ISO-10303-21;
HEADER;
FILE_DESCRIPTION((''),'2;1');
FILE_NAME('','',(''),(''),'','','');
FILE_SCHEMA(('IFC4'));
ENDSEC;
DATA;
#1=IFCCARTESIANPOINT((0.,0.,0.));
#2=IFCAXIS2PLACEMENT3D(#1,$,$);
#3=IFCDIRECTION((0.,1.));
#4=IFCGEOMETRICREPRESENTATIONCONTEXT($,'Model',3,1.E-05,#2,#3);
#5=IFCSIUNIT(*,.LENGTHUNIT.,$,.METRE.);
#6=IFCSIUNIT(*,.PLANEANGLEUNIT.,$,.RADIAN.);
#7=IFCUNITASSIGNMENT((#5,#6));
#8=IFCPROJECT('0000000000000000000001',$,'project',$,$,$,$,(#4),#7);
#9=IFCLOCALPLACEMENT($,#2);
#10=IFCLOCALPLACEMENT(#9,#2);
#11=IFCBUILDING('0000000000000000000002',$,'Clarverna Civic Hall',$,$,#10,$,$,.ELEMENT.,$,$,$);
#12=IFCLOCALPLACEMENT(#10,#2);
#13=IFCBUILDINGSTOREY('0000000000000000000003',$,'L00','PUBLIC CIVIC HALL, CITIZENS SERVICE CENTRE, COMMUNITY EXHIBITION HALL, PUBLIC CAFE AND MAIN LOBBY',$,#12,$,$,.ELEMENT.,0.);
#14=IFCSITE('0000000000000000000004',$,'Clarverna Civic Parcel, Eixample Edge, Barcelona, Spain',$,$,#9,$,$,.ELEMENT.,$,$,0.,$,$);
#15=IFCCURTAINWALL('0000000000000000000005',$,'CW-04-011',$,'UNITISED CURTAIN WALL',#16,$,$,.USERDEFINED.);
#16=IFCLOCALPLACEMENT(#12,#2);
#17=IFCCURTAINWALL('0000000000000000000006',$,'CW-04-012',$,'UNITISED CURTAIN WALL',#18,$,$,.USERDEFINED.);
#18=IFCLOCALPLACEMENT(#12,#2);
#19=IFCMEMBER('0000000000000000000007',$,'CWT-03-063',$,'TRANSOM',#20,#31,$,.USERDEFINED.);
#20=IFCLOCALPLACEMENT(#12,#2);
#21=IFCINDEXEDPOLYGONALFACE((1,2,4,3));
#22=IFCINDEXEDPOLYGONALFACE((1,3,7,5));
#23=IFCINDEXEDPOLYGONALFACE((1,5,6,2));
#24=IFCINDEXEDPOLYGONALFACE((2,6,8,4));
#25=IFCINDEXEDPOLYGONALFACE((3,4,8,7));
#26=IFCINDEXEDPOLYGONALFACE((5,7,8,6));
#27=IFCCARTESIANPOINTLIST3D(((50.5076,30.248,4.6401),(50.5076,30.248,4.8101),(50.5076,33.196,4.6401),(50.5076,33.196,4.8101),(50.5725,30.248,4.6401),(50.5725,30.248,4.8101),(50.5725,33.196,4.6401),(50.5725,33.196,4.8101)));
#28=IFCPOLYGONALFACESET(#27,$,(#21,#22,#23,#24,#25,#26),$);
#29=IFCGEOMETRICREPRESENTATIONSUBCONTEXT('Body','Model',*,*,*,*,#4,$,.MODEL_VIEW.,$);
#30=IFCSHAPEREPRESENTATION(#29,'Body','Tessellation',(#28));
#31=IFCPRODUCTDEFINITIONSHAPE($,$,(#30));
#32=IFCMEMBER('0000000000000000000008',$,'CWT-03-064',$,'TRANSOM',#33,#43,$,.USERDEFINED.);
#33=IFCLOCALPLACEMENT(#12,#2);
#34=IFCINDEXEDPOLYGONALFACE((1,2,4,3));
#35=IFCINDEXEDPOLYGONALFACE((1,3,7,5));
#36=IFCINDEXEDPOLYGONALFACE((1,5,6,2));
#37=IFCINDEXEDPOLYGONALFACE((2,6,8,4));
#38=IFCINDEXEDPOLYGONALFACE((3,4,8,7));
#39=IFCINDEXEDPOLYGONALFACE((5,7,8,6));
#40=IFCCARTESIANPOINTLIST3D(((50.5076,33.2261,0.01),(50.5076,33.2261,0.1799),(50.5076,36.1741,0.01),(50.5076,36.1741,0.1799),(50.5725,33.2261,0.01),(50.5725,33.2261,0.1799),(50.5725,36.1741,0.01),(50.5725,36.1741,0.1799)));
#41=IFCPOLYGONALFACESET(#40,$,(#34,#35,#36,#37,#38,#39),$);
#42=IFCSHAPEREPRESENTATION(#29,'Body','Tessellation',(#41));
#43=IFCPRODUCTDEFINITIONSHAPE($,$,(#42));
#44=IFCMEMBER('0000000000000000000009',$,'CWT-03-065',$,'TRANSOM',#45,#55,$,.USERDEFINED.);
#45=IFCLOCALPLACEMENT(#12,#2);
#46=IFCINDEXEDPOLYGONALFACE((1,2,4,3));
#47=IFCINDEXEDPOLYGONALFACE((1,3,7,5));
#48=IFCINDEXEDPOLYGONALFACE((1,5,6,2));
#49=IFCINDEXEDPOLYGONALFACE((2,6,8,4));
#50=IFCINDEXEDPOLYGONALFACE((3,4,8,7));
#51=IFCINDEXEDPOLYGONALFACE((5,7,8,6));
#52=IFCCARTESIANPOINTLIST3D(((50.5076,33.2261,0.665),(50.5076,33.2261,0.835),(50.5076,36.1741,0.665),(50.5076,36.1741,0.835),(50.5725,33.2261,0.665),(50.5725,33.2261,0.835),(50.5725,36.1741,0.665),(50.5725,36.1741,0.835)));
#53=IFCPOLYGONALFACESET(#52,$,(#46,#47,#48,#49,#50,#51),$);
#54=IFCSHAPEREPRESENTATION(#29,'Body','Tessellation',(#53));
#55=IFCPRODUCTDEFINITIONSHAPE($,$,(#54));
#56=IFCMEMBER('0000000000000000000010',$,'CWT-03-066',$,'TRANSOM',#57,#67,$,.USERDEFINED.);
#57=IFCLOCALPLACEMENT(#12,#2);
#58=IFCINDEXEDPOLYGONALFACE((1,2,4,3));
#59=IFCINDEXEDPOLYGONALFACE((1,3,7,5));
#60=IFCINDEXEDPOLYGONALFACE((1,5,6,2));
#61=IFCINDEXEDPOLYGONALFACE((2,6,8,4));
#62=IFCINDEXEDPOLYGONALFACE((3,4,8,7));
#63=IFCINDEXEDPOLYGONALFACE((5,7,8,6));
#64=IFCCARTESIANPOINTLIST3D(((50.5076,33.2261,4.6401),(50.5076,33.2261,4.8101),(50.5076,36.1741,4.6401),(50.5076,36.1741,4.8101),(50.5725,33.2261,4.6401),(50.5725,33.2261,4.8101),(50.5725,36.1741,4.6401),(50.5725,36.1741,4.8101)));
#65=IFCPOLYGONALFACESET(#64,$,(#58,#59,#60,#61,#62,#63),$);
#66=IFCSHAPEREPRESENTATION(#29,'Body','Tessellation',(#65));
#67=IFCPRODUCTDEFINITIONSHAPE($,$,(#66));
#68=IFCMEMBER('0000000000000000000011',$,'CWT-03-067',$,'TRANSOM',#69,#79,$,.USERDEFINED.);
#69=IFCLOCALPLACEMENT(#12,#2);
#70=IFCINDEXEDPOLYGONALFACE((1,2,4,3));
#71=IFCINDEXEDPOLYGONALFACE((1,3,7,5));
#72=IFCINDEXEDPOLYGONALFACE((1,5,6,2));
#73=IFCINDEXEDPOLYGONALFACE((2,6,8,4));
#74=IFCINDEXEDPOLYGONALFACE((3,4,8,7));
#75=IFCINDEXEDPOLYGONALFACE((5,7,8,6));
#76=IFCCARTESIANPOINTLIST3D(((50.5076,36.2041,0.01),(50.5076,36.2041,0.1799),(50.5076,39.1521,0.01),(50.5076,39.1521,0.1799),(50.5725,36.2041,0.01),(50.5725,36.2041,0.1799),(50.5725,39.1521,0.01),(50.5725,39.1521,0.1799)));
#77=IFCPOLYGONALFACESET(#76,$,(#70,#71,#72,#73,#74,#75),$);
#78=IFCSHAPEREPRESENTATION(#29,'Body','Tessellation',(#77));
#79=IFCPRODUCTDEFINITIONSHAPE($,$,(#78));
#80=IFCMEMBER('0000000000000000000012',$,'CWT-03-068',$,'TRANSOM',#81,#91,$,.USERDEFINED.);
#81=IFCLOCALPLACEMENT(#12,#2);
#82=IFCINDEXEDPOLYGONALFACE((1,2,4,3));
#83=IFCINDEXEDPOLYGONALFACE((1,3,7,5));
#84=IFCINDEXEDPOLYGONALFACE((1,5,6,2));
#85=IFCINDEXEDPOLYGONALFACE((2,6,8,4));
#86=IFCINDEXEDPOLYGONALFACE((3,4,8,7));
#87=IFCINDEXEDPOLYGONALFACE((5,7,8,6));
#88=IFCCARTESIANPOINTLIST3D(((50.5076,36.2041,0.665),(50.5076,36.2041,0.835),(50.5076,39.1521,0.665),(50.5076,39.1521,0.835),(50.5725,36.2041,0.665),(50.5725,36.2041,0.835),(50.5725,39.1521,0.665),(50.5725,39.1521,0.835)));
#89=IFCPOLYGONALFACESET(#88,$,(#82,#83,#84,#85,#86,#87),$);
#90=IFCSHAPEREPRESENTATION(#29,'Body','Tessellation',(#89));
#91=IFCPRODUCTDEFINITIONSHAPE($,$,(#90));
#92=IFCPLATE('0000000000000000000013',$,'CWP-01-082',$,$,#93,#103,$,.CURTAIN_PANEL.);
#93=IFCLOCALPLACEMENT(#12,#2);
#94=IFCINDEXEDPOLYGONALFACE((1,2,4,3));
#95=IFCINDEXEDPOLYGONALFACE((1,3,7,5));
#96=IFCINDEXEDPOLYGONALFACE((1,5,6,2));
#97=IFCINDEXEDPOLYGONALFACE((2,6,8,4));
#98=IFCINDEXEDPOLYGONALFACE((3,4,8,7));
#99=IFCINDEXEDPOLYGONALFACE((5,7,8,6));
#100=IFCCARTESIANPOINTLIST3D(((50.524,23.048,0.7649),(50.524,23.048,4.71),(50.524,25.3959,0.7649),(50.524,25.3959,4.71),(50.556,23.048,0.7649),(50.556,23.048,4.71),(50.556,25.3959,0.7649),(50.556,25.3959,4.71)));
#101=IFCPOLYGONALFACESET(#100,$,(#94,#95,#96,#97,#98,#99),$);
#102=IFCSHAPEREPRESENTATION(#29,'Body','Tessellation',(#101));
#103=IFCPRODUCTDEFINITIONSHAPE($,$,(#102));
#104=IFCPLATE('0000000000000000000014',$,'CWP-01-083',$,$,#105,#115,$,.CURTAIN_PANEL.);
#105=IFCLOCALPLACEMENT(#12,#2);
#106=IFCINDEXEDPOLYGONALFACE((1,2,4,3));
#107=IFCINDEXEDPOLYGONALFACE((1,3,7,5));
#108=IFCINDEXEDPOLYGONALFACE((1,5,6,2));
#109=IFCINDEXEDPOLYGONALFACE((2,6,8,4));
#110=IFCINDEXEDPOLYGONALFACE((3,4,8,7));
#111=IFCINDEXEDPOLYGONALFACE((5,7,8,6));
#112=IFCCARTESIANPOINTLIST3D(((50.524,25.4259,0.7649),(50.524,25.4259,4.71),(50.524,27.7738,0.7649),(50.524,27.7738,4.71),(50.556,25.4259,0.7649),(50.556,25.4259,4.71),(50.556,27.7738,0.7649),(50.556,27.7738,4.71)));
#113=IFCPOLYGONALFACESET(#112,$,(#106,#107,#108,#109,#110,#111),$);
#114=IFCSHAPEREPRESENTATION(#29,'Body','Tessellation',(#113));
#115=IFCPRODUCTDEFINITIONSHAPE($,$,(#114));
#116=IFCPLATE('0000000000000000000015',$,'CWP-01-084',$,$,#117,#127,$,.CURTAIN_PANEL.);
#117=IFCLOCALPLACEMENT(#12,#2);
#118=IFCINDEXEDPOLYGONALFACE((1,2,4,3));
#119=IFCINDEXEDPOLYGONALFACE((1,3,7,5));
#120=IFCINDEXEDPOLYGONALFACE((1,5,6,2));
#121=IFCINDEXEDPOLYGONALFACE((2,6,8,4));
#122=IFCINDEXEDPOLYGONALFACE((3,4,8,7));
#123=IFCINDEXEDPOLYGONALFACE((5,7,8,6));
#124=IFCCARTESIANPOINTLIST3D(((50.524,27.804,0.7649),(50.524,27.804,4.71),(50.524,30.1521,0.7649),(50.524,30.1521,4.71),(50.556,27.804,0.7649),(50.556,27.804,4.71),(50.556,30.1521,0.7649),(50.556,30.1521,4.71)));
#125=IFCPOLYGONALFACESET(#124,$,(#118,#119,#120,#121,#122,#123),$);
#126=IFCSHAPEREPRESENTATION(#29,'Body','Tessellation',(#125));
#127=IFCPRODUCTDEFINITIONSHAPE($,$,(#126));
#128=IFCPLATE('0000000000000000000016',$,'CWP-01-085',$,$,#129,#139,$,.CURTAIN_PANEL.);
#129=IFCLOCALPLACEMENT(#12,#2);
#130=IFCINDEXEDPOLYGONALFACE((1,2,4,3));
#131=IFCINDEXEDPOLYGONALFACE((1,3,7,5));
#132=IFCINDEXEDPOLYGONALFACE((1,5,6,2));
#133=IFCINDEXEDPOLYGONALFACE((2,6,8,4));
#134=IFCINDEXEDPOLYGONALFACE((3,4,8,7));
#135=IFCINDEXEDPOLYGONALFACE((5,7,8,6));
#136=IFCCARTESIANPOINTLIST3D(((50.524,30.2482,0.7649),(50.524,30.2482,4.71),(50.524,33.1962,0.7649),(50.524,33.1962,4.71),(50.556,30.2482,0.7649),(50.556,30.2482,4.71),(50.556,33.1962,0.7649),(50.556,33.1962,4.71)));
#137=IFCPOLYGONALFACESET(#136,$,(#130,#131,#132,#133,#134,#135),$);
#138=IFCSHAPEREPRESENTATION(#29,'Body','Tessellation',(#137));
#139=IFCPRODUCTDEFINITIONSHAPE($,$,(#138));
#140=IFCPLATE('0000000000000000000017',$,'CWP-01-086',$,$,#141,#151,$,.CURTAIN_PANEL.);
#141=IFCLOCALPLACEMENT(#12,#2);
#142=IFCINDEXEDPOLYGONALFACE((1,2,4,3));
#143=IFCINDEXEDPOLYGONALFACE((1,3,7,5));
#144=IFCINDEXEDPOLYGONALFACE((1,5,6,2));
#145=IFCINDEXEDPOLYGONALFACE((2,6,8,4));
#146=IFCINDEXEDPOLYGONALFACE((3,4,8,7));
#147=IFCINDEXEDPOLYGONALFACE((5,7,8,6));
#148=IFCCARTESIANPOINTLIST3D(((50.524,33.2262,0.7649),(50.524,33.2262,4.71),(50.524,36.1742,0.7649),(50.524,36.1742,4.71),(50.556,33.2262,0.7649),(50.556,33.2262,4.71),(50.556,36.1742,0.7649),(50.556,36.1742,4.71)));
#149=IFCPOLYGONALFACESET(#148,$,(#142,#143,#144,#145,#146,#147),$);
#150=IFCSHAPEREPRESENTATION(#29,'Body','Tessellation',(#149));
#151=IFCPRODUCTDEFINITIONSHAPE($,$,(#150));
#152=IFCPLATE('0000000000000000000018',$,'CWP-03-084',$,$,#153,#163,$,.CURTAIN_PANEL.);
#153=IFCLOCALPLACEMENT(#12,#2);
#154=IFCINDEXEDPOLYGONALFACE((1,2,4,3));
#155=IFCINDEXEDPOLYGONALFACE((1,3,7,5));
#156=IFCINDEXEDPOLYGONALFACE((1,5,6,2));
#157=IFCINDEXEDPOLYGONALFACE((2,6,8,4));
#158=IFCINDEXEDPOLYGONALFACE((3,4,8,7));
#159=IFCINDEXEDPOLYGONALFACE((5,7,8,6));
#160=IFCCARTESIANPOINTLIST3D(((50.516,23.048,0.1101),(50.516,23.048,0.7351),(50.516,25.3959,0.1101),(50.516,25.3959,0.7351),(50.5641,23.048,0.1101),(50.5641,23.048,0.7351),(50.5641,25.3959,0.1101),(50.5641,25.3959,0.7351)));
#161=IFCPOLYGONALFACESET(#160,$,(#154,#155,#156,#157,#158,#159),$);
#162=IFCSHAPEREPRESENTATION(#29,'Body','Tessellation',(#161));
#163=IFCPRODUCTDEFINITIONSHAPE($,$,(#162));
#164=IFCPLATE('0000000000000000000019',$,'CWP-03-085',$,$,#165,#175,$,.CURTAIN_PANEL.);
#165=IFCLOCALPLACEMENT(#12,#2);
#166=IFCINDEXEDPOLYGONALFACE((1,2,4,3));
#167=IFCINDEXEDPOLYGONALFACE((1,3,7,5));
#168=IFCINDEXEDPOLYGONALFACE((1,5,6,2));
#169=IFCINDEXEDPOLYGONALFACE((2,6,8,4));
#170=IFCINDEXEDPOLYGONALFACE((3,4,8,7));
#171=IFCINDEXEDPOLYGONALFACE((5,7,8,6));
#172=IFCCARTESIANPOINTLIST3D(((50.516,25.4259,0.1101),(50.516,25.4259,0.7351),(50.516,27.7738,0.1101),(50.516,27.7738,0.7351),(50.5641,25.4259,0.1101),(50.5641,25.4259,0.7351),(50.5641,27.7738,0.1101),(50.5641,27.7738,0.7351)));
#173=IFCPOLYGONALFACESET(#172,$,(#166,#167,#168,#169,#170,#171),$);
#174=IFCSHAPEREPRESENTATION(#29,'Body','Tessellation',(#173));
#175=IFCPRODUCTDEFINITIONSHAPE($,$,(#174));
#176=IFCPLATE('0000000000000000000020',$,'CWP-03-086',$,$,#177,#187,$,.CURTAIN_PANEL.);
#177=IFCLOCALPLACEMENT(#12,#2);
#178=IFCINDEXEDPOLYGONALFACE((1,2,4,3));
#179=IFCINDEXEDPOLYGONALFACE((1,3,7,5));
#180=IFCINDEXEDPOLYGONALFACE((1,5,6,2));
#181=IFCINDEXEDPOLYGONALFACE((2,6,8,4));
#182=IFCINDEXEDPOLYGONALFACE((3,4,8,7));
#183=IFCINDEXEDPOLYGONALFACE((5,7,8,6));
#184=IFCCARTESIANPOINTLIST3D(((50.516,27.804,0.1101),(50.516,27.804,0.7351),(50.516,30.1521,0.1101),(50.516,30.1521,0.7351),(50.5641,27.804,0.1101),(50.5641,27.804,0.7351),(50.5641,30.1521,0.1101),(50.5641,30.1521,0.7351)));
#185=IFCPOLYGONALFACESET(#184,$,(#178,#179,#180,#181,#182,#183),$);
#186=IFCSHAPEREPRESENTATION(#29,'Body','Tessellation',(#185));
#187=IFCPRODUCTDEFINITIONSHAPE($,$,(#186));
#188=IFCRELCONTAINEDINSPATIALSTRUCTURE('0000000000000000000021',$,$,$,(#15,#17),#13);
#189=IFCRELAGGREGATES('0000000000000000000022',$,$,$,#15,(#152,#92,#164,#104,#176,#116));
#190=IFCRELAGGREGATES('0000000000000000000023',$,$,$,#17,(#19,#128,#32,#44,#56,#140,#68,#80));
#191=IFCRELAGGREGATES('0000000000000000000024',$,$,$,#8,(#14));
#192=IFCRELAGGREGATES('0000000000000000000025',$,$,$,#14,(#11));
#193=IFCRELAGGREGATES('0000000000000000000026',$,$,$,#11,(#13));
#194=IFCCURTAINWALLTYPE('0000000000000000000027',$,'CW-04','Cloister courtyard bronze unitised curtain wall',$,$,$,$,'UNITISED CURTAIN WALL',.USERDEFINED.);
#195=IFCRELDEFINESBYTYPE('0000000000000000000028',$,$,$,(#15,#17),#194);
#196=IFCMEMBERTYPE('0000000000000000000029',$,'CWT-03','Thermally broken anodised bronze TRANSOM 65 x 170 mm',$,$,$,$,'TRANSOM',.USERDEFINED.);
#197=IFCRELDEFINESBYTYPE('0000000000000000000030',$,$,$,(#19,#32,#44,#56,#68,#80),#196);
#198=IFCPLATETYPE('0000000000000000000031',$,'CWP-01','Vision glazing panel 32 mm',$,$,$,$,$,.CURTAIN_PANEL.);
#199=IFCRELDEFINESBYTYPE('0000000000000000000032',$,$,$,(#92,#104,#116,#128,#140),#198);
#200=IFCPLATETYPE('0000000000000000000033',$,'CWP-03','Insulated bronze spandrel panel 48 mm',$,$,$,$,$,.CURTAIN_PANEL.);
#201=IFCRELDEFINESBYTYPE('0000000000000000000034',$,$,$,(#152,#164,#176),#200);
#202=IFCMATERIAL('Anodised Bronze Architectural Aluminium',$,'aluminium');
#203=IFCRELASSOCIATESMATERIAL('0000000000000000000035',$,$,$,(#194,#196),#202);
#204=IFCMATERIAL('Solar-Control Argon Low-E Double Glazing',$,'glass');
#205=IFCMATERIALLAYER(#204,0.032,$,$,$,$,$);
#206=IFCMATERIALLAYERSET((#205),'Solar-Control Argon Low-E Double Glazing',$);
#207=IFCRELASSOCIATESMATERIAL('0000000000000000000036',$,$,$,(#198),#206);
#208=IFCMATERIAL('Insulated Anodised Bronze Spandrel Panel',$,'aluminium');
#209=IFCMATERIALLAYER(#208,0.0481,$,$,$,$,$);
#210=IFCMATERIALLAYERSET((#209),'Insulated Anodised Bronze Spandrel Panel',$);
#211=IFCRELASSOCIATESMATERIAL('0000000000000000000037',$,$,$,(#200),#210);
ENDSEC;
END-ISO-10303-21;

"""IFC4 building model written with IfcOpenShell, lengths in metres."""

from ifc_helpers import new_model, si_unit, direction, frame, frame_2d, origin, origin_2d, place, context, subcontext, project, spatial, rectangle, extrude, material, layer, layer_set, material_profile, profile_set, type_object, element, aggregate, save


model = new_model("IFC4")

# Units and contexts
model_context = context("Model", 3, precision=1e-05, world=origin(), true_north=direction((0.0, 1.0)))
body_context = subcontext(model_context, "Body", "Model", "MODEL_VIEW")
ifc_project = project(units=[si_unit("LENGTHUNIT", "METRE"), si_unit("PLANEANGLEUNIT", "RADIAN")], contexts=[model_context])

# Site, building, storey
site_placement = place(None, origin())
site = spatial("IfcSite", under=ifc_project, at=site_placement, Name="Clarverna Civic Parcel, Eixample Edge, Barcelona, Spain", CompositionType="ELEMENT", RefElevation=0.0)
building_placement = place(site_placement, origin())
building = spatial("IfcBuilding", under=site, at=building_placement, Name="Clarverna Civic Hall", CompositionType="ELEMENT")
storey_placement = place(building_placement, origin())
storey = spatial("IfcBuildingStorey", under=building, at=storey_placement, Name="L00", Description="PUBLIC CIVIC HALL, CITIZENS SERVICE CENTRE, COMMUNITY EXHIBITION HALL, PUBLIC CAFE AND MAIN LOBBY", CompositionType="ELEMENT", Elevation=0.0)

# Curtain walls
ifc_material_1 = material(Name="Anodised Bronze Architectural Aluminium", Category="aluminium")
curtain_wall_type = type_object("IfcCurtainWallType", Name="CW-04", Description="Cloister courtyard bronze unitised curtain wall", ElementType="UNITISED CURTAIN WALL", PredefinedType="USERDEFINED", material=ifc_material_1)
curtain_wall_1_placement = place(storey_placement, origin())
curtain_wall_1 = element("IfcCurtainWall", 1, at=curtain_wall_1_placement, inside=storey, type_object=curtain_wall_type, Name="CW-04-011", ObjectType="UNITISED CURTAIN WALL", PredefinedType="USERDEFINED")
curtain_wall_2_placement = place(storey_placement, origin())
curtain_wall_2 = element("IfcCurtainWall", 2, at=curtain_wall_2_placement, inside=storey, type_object=curtain_wall_type, Name="CW-04-012", ObjectType="UNITISED CURTAIN WALL", PredefinedType="USERDEFINED")

# Members
ifc_material_profile_1 = material_profile(ifc_material_1, rectangle(XDim=0.0649, YDim=0.1699, at=origin_2d()), Name="BRONZE 65x170")
ifc_profile_set_1 = profile_set([ifc_material_profile_1], Name="Anodised Bronze Architectural Aluminium")
member_type_1 = type_object("IfcMemberType", Name="CWT-03", Description="Thermally broken anodised bronze TRANSOM 65 x 170 mm", ElementType="TRANSOM", PredefinedType="USERDEFINED", material=ifc_profile_set_1)
member_1_placement = place(storey_placement, frame((50.54, 30.248, 4.7251), z_axis=(0.0, 1.0, 0.0), x_axis=(-1.0, 0.0, 0.0)))
member_1 = element("IfcMember", 3, at=member_1_placement, type_object=member_type_1, Name="CWT-03-063", ObjectType="TRANSOM", PredefinedType="USERDEFINED", context=body_context, shape_type="SweptSolid", body=[
    extrude(rectangle(XDim=0.0649, YDim=0.1699, at=origin_2d()), origin(), (0.0, 0.0, 1.0), 2.948),
])
member_2_placement = place(storey_placement, frame((50.54, 33.2261, 0.095), z_axis=(0.0, 1.0, 0.0), x_axis=(-1.0, 0.0, 0.0)))
member_2 = element("IfcMember", 4, at=member_2_placement, type_object=member_type_1, Name="CWT-03-064", ObjectType="TRANSOM", PredefinedType="USERDEFINED", context=body_context, shape_type="SweptSolid", body=[
    extrude(rectangle(XDim=0.0649, YDim=0.1699, at=origin_2d()), origin(), (0.0, 0.0, 1.0), 2.948),
])
member_3_placement = place(storey_placement, frame((50.54, 33.2261, 0.75), z_axis=(0.0, 1.0, 0.0), x_axis=(-1.0, 0.0, 0.0)))
member_3 = element("IfcMember", 5, at=member_3_placement, type_object=member_type_1, Name="CWT-03-065", ObjectType="TRANSOM", PredefinedType="USERDEFINED", context=body_context, shape_type="SweptSolid", body=[
    extrude(rectangle(XDim=0.0649, YDim=0.1699, at=origin_2d()), origin(), (0.0, 0.0, 1.0), 2.948),
])
member_4_placement = place(storey_placement, frame((50.54, 33.2261, 4.7251), z_axis=(0.0, 1.0, 0.0), x_axis=(-1.0, 0.0, 0.0)))
member_4 = element("IfcMember", 6, at=member_4_placement, type_object=member_type_1, Name="CWT-03-066", ObjectType="TRANSOM", PredefinedType="USERDEFINED", context=body_context, shape_type="SweptSolid", body=[
    extrude(rectangle(XDim=0.0649, YDim=0.1699, at=origin_2d()), origin(), (0.0, 0.0, 1.0), 2.948),
])
member_5_placement = place(storey_placement, frame((50.54, 36.2041, 0.095), z_axis=(0.0, 1.0, 0.0), x_axis=(-1.0, 0.0, 0.0)))
member_5 = element("IfcMember", 7, at=member_5_placement, type_object=member_type_1, Name="CWT-03-067", ObjectType="TRANSOM", PredefinedType="USERDEFINED", context=body_context, shape_type="SweptSolid", body=[
    extrude(rectangle(XDim=0.0649, YDim=0.1699, at=origin_2d()), origin(), (0.0, 0.0, 1.0), 2.948),
])
member_6_placement = place(storey_placement, frame((50.54, 36.2041, 0.75), z_axis=(0.0, 1.0, 0.0), x_axis=(-1.0, 0.0, 0.0)))
member_6 = element("IfcMember", 8, at=member_6_placement, type_object=member_type_1, Name="CWT-03-068", ObjectType="TRANSOM", PredefinedType="USERDEFINED", context=body_context, shape_type="SweptSolid", body=[
    extrude(rectangle(XDim=0.0649, YDim=0.1699, at=origin_2d()), origin(), (0.0, 0.0, 1.0), 2.948),
])

# Plates
ifc_material_2 = material(Name="Solar-Control Argon Low-E Double Glazing", Category="glass")
ifc_layer_1 = layer(ifc_material_2, 0.032)
ifc_layer_set_1 = layer_set([ifc_layer_1], Name="Solar-Control Argon Low-E Double Glazing")
plate_type_1 = type_object("IfcPlateType", Name="CWP-01", Description="Vision glazing panel 32 mm", PredefinedType="CURTAIN_PANEL", material=ifc_layer_set_1)
plate_1_placement = place(storey_placement, frame((50.54, 23.0481, 0.7649), z_axis=(0.0, 0.0, 1.0), x_axis=(0.0, 1.0, 0.0)))
plate_1 = element("IfcPlate", 9, at=plate_1_placement, type_object=plate_type_1, Name="CWP-01-082", PredefinedType="CURTAIN_PANEL", context=body_context, shape_type="SweptSolid", body=[
    extrude(rectangle(XDim=2.3479, YDim=0.032, at=frame_2d((1.1738, 0.0))), origin(), (0.0, 0.0, 1.0), 3.9451),
])
plate_2_placement = place(storey_placement, frame((50.54, 25.426, 0.7649), z_axis=(0.0, 0.0, 1.0), x_axis=(0.0, 1.0, 0.0)))
plate_2 = element("IfcPlate", 10, at=plate_2_placement, type_object=plate_type_1, Name="CWP-01-083", PredefinedType="CURTAIN_PANEL", context=body_context, shape_type="SweptSolid", body=[
    extrude(rectangle(XDim=2.3479, YDim=0.032, at=frame_2d((1.1738, 0.0))), origin(), (0.0, 0.0, 1.0), 3.9451),
])
plate_3_placement = place(storey_placement, frame((50.54, 27.804, 0.7649), z_axis=(0.0, 0.0, 1.0), x_axis=(0.0, 1.0, 0.0)))
plate_3 = element("IfcPlate", 11, at=plate_3_placement, type_object=plate_type_1, Name="CWP-01-084", PredefinedType="CURTAIN_PANEL", context=body_context, shape_type="SweptSolid", body=[
    extrude(rectangle(XDim=2.3481, YDim=0.032, at=frame_2d((1.1741, 0.0))), origin(), (0.0, 0.0, 1.0), 3.9451),
])
plate_4_placement = place(storey_placement, frame((50.54, 30.248, 0.7649), z_axis=(0.0, 0.0, 1.0), x_axis=(0.0, 1.0, 0.0)))
plate_4 = element("IfcPlate", 12, at=plate_4_placement, type_object=plate_type_1, Name="CWP-01-085", PredefinedType="CURTAIN_PANEL", context=body_context, shape_type="SweptSolid", body=[
    extrude(rectangle(XDim=2.948, YDim=0.032, at=frame_2d((1.4741, 0.0))), origin(), (0.0, 0.0, 1.0), 3.9451),
])
plate_5_placement = place(storey_placement, frame((50.54, 33.2261, 0.7649), z_axis=(0.0, 0.0, 1.0), x_axis=(0.0, 1.0, 0.0)))
plate_5 = element("IfcPlate", 13, at=plate_5_placement, type_object=plate_type_1, Name="CWP-01-086", PredefinedType="CURTAIN_PANEL", context=body_context, shape_type="SweptSolid", body=[
    extrude(rectangle(XDim=2.948, YDim=0.032, at=frame_2d((1.4741, 0.0))), origin(), (0.0, 0.0, 1.0), 3.9451),
])
ifc_material_3 = material(Name="Insulated Anodised Bronze Spandrel Panel", Category="aluminium")
ifc_layer_2 = layer(ifc_material_3, 0.0481)
ifc_layer_set_2 = layer_set([ifc_layer_2], Name="Insulated Anodised Bronze Spandrel Panel")
plate_type_2 = type_object("IfcPlateType", Name="CWP-03", Description="Insulated bronze spandrel panel 48 mm", PredefinedType="CURTAIN_PANEL", material=ifc_layer_set_2)
plate_6_placement = place(storey_placement, frame((50.54, 23.0481, 0.1101), z_axis=(0.0, 0.0, 1.0), x_axis=(0.0, 1.0, 0.0)))
plate_6 = element("IfcPlate", 14, at=plate_6_placement, type_object=plate_type_2, Name="CWP-03-084", PredefinedType="CURTAIN_PANEL", context=body_context, shape_type="SweptSolid", body=[
    extrude(rectangle(XDim=2.3479, YDim=0.0481, at=frame_2d((1.1738, 0.0))), origin(), (0.0, 0.0, 1.0), 0.625),
])
plate_7_placement = place(storey_placement, frame((50.54, 25.426, 0.1101), z_axis=(0.0, 0.0, 1.0), x_axis=(0.0, 1.0, 0.0)))
plate_7 = element("IfcPlate", 15, at=plate_7_placement, type_object=plate_type_2, Name="CWP-03-085", PredefinedType="CURTAIN_PANEL", context=body_context, shape_type="SweptSolid", body=[
    extrude(rectangle(XDim=2.3479, YDim=0.0481, at=frame_2d((1.1738, 0.0))), origin(), (0.0, 0.0, 1.0), 0.625),
])
plate_8_placement = place(storey_placement, frame((50.54, 27.804, 0.1101), z_axis=(0.0, 0.0, 1.0), x_axis=(0.0, 1.0, 0.0)))
plate_8 = element("IfcPlate", 16, at=plate_8_placement, type_object=plate_type_2, Name="CWP-03-086", PredefinedType="CURTAIN_PANEL", context=body_context, shape_type="SweptSolid", body=[
    extrude(rectangle(XDim=2.3481, YDim=0.0481, at=frame_2d((1.1741, 0.0))), origin(), (0.0, 0.0, 1.0), 0.625),
])
aggregate(curtain_wall_1, [plate_6, plate_1, plate_7, plate_2, plate_8, plate_3])
aggregate(curtain_wall_2, [member_1, plate_4, member_2, member_3, member_4, plate_5, member_5, member_6])

save(model, "model.ifc")
